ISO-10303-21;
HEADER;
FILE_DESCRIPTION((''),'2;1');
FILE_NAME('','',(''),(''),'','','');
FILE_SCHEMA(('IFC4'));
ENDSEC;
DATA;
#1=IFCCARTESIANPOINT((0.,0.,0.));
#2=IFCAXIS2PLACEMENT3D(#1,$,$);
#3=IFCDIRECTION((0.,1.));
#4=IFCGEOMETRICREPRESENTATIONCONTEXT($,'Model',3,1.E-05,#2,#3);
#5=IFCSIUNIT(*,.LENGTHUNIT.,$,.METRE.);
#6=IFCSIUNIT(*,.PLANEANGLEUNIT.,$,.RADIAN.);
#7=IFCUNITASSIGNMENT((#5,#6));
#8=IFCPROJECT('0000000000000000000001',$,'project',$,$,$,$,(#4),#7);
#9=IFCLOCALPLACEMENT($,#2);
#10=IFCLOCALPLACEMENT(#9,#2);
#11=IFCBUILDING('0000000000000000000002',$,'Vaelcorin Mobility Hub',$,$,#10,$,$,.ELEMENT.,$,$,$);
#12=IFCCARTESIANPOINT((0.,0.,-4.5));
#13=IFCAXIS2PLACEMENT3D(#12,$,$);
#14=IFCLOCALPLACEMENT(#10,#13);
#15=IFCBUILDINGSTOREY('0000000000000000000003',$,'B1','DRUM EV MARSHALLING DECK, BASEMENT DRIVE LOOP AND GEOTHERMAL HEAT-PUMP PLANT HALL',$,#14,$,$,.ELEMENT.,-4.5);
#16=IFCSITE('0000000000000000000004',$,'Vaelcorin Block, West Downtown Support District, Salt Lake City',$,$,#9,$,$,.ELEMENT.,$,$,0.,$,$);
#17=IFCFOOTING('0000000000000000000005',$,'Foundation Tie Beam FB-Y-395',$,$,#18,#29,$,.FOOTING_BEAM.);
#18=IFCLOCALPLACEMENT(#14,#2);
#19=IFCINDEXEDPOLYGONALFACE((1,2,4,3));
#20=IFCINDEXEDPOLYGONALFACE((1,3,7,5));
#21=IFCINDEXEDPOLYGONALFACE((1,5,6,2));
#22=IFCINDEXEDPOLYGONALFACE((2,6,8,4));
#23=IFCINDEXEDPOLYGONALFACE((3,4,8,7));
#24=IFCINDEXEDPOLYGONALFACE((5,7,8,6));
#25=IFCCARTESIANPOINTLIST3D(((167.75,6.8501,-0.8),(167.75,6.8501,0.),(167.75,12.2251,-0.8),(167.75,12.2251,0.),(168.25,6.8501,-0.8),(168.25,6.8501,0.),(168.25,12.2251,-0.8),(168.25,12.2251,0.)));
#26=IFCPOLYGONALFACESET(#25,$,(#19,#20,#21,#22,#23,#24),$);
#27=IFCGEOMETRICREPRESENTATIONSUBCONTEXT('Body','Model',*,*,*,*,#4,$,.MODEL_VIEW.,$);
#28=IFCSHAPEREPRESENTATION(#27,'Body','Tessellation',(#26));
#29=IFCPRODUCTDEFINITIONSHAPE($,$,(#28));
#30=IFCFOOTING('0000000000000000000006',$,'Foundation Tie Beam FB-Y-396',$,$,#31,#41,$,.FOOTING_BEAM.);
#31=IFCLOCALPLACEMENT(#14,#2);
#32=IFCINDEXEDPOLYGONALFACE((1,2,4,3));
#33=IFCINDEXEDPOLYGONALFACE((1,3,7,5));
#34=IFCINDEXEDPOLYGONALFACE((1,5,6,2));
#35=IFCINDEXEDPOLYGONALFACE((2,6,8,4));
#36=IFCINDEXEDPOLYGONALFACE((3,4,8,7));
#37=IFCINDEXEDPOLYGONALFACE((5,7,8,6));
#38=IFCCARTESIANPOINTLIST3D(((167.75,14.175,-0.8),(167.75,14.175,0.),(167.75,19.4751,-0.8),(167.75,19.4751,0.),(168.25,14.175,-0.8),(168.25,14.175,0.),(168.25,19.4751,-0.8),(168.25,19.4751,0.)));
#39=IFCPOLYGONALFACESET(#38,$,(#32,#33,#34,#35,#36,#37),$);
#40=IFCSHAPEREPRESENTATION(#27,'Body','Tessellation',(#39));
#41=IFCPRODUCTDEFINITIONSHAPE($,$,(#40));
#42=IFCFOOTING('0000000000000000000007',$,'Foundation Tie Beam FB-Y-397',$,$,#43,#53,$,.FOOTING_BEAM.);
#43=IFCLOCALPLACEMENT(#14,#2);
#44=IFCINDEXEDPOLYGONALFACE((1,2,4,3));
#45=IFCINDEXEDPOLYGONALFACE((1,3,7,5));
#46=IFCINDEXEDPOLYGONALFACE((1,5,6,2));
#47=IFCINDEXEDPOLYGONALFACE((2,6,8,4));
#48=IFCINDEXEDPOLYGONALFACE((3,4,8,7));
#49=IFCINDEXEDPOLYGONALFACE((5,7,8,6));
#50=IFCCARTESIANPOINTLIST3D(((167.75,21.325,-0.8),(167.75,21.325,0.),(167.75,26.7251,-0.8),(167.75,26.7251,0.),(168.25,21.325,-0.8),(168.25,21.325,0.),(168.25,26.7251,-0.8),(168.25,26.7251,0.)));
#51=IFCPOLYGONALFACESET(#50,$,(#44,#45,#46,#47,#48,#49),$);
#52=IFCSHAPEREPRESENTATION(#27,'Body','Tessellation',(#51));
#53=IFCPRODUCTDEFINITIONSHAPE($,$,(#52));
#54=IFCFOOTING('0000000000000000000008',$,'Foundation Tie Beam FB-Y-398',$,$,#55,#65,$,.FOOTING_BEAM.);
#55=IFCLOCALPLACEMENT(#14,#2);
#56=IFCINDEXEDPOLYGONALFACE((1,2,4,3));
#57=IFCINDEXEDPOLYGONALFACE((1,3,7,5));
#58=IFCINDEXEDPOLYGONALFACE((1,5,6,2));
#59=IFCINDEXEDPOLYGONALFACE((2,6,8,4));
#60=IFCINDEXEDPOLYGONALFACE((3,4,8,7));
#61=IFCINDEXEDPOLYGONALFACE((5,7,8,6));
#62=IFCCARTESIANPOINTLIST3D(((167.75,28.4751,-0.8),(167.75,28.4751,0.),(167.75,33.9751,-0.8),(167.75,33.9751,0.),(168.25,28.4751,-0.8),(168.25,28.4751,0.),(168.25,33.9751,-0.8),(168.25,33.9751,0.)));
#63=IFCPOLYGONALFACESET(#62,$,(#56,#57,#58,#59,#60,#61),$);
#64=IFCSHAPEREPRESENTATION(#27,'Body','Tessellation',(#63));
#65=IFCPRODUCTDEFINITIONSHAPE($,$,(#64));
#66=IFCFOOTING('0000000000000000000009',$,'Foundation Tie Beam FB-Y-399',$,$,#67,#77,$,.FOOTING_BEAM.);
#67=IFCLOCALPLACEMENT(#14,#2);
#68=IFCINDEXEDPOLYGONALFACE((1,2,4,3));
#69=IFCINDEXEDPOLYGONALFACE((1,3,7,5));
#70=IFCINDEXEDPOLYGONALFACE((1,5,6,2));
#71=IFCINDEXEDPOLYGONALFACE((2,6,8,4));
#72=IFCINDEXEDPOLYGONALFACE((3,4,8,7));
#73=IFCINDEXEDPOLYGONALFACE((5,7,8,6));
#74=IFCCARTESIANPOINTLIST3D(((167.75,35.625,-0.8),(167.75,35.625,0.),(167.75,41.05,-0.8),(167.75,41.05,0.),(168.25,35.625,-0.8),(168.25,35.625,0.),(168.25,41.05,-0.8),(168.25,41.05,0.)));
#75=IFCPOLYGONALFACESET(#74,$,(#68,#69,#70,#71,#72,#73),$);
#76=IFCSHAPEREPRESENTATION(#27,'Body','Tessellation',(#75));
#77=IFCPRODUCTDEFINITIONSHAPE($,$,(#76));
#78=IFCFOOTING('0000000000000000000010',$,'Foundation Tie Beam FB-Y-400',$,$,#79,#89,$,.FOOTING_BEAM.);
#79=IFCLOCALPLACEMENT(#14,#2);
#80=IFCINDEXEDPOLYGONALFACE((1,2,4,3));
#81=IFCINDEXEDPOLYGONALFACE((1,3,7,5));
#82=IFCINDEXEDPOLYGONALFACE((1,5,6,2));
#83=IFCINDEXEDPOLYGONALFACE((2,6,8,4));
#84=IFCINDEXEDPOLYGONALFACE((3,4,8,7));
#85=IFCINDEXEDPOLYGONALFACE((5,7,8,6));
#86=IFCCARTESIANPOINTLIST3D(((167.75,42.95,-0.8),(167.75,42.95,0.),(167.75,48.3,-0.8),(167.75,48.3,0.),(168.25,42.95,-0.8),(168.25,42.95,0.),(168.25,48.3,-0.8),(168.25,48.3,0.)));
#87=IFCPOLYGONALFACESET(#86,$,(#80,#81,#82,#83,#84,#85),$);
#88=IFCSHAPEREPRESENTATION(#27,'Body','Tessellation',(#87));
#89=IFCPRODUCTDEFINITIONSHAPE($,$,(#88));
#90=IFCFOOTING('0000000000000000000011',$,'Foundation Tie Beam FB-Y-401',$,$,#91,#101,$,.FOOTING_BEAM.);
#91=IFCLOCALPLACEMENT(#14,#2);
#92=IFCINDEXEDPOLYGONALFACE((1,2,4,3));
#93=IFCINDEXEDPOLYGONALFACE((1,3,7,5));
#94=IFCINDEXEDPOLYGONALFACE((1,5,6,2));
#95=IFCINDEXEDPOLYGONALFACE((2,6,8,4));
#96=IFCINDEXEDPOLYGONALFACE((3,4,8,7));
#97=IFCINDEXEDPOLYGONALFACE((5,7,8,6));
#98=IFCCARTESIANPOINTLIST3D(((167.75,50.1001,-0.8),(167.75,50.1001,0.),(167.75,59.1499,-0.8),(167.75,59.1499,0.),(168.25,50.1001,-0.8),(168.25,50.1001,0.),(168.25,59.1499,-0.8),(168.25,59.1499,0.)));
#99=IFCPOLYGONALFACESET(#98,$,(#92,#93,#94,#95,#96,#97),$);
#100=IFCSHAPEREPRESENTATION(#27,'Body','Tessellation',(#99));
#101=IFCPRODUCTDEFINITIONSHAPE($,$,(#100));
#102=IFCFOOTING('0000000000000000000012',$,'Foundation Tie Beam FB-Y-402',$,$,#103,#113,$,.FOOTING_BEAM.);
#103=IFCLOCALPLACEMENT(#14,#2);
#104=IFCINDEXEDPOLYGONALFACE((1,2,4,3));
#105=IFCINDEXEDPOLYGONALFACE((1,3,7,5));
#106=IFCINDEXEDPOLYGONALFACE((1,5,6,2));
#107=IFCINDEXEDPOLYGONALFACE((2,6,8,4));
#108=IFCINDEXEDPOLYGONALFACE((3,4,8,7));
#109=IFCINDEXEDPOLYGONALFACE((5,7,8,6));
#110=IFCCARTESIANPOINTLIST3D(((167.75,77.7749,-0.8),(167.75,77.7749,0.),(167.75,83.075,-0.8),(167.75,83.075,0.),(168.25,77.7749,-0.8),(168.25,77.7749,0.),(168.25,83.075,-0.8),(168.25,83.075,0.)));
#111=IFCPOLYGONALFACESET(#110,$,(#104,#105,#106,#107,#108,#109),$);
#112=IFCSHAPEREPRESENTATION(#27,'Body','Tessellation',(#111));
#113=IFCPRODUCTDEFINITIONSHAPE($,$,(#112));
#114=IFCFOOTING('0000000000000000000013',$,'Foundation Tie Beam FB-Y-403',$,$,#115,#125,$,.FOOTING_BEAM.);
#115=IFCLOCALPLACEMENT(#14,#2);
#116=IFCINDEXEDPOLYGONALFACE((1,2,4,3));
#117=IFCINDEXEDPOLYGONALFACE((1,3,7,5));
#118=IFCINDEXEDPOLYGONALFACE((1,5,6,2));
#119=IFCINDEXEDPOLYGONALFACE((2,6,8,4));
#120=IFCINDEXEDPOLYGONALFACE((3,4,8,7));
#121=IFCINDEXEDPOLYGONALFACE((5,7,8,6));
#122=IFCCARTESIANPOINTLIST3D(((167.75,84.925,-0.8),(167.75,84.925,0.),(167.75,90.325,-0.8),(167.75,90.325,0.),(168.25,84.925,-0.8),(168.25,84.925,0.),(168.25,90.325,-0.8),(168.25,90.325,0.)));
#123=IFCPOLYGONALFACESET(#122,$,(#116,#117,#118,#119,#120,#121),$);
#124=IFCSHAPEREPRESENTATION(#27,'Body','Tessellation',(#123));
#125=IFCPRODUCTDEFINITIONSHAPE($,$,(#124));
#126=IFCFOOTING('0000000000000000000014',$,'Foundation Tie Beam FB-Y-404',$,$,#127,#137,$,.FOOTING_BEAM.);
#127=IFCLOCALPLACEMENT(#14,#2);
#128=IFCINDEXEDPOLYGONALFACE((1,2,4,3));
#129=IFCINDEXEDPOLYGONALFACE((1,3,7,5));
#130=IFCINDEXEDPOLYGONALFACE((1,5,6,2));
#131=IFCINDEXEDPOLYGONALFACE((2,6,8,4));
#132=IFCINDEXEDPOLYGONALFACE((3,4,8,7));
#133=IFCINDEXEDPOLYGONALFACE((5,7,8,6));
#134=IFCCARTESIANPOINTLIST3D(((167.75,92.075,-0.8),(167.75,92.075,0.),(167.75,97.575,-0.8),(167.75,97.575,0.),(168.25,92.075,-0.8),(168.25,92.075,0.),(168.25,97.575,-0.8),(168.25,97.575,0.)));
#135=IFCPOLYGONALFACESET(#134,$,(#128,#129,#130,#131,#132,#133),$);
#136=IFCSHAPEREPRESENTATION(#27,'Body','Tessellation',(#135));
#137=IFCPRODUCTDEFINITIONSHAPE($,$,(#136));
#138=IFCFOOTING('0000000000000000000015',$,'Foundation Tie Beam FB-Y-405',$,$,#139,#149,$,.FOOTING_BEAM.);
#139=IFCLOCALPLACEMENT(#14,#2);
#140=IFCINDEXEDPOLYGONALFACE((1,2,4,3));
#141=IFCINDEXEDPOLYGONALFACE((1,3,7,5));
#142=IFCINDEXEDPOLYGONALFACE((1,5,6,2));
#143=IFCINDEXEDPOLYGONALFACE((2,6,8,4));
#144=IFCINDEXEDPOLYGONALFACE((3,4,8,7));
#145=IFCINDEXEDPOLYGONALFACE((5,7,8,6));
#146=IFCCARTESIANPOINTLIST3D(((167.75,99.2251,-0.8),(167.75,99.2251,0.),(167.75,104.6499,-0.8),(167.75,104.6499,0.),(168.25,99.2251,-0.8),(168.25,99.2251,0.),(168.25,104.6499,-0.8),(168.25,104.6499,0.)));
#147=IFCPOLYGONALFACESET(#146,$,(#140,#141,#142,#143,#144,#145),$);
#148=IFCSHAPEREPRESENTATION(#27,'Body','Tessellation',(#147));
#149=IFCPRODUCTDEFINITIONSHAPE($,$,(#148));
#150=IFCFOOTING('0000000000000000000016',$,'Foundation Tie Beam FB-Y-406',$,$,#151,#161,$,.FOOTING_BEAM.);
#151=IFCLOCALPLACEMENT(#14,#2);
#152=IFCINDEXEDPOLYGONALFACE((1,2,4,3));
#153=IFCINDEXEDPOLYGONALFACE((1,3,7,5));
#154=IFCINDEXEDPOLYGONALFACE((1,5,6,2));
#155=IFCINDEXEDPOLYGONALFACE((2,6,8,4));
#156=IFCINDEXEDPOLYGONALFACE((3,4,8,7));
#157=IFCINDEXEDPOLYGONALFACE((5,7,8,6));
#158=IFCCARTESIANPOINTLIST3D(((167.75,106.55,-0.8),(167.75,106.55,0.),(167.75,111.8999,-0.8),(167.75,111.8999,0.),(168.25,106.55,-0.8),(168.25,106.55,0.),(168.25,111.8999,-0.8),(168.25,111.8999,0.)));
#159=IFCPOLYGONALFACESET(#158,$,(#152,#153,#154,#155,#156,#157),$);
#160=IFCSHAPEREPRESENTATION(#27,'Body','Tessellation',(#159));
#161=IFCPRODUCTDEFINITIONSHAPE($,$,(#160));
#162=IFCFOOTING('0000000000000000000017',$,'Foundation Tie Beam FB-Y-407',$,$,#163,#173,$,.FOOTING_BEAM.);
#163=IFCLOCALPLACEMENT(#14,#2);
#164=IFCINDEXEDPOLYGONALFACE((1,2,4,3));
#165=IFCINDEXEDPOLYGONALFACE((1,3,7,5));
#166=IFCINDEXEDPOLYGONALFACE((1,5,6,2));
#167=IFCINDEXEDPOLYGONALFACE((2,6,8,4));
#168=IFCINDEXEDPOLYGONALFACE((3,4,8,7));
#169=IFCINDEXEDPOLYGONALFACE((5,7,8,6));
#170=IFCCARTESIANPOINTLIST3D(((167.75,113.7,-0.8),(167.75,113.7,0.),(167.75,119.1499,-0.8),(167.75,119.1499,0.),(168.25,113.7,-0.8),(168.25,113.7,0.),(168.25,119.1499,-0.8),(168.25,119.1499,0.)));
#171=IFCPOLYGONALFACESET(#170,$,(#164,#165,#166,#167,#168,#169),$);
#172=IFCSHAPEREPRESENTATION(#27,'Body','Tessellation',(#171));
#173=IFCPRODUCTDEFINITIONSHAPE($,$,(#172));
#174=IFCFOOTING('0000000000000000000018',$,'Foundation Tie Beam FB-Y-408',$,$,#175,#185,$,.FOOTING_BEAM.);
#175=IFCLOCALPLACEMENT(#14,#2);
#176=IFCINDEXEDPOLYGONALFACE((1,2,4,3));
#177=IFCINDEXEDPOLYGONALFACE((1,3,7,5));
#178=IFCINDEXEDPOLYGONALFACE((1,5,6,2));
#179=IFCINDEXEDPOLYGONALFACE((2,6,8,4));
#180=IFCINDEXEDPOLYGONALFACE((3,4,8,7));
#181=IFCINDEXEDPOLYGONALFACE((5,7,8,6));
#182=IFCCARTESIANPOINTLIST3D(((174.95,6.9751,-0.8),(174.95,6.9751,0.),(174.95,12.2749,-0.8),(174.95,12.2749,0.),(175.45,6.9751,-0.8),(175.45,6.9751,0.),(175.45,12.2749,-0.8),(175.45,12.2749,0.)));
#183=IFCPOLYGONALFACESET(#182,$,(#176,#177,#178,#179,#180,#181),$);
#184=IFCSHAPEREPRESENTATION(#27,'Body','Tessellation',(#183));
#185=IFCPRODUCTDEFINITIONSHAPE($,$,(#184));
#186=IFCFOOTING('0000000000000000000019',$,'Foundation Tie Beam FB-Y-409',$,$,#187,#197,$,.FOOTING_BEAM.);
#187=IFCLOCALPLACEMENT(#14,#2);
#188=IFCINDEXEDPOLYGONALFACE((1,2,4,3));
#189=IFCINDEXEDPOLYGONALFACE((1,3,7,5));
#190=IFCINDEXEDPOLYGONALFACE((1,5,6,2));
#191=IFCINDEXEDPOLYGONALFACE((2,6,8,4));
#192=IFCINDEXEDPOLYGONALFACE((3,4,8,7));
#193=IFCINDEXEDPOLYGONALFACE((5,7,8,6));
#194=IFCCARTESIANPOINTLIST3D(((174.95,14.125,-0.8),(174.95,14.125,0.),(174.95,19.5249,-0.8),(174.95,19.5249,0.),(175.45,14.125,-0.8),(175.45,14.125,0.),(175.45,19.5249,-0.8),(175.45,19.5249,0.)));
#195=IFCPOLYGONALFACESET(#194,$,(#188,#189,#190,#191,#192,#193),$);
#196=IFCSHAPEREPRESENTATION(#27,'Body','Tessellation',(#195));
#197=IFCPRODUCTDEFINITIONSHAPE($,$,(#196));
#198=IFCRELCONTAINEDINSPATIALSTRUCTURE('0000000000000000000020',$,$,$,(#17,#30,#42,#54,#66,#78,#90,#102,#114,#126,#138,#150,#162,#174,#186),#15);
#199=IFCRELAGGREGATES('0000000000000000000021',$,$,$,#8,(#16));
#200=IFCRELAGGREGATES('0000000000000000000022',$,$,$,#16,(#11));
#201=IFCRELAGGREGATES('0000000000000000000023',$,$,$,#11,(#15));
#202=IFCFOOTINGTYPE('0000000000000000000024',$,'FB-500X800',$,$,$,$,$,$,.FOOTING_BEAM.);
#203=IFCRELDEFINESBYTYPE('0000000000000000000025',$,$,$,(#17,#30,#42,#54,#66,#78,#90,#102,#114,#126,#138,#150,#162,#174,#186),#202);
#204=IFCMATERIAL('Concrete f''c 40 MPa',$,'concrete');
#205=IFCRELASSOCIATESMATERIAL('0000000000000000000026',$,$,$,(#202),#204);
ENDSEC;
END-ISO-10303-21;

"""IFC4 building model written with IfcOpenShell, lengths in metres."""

from ifc_helpers import new_model, si_unit, direction, frame, origin, place, context, subcontext, project, spatial, polyline, outline, extrude, material, type_object, element, save


model = new_model("IFC4")

# Units and contexts
model_context = context("Model", 3, precision=1e-05, world=origin(), true_north=direction((0.0, 1.0)))
body_context = subcontext(model_context, "Body", "Model", "MODEL_VIEW")
ifc_project = project(units=[si_unit("LENGTHUNIT", "METRE"), si_unit("PLANEANGLEUNIT", "RADIAN")], contexts=[model_context])

# Site, building, storey
site_placement = place(None, origin())
site = spatial("IfcSite", under=ifc_project, at=site_placement, Name="Vaelcorin Block, West Downtown Support District, Salt Lake City", CompositionType="ELEMENT", RefElevation=0.0)
building_placement = place(site_placement, origin())
building = spatial("IfcBuilding", under=site, at=building_placement, Name="Vaelcorin Mobility Hub", CompositionType="ELEMENT")
storey_placement = place(building_placement, frame((0.0, 0.0, -4.5)))
storey = spatial("IfcBuildingStorey", under=building, at=storey_placement, Name="B1", Description="DRUM EV MARSHALLING DECK, BASEMENT DRIVE LOOP AND GEOTHERMAL HEAT-PUMP PLANT HALL", CompositionType="ELEMENT", Elevation=-4.5)

# Footings
ifc_material = material(Name="Concrete f'c 40 MPa", Category="concrete")
footing_type = type_object("IfcFootingType", Name="FB-500X800", PredefinedType="FOOTING_BEAM", material=ifc_material)
footing_1_placement = place(storey_placement, frame((0.0, 0.0, -0.8)))
element("IfcFooting", 1, at=footing_1_placement, inside=storey, type_object=footing_type, Name="Foundation Tie Beam FB-Y-395", PredefinedType="FOOTING_BEAM", context=body_context, shape_type="SweptSolid", body=[
    extrude(outline(polyline([(167.75, 6.8501), (168.25, 6.8501), (168.25, 12.2251), (167.75, 12.2251), (167.75, 6.8501)])), origin(), (0.0, 0.0, 1.0), 0.8),
])
footing_2_placement = place(storey_placement, frame((0.0, 0.0, -0.8)))
element("IfcFooting", 2, at=footing_2_placement, inside=storey, type_object=footing_type, Name="Foundation Tie Beam FB-Y-396", PredefinedType="FOOTING_BEAM", context=body_context, shape_type="SweptSolid", body=[
    extrude(outline(polyline([(167.75, 14.175), (168.25, 14.175), (168.25, 19.4751), (167.75, 19.4751), (167.75, 14.175)])), origin(), (0.0, 0.0, 1.0), 0.8),
])
footing_3_placement = place(storey_placement, frame((0.0, 0.0, -0.8)))
element("IfcFooting", 3, at=footing_3_placement, inside=storey, type_object=footing_type, Name="Foundation Tie Beam FB-Y-397", PredefinedType="FOOTING_BEAM", context=body_context, shape_type="SweptSolid", body=[
    extrude(outline(polyline([(167.75, 21.325), (168.25, 21.325), (168.25, 26.7251), (167.75, 26.7251), (167.75, 21.325)])), origin(), (0.0, 0.0, 1.0), 0.8),
])
footing_4_placement = place(storey_placement, frame((0.0, 0.0, -0.8)))
element("IfcFooting", 4, at=footing_4_placement, inside=storey, type_object=footing_type, Name="Foundation Tie Beam FB-Y-398", PredefinedType="FOOTING_BEAM", context=body_context, shape_type="SweptSolid", body=[
    extrude(outline(polyline([(167.75, 28.4751), (168.25, 28.4751), (168.25, 33.9751), (167.75, 33.9751), (167.75, 28.4751)])), origin(), (0.0, 0.0, 1.0), 0.8),
])
footing_5_placement = place(storey_placement, frame((0.0, 0.0, -0.8)))
element("IfcFooting", 5, at=footing_5_placement, inside=storey, type_object=footing_type, Name="Foundation Tie Beam FB-Y-399", PredefinedType="FOOTING_BEAM", context=body_context, shape_type="SweptSolid", body=[
    extrude(outline(polyline([(167.75, 35.625), (168.25, 35.625), (168.25, 41.05), (167.75, 41.05), (167.75, 35.625)])), origin(), (0.0, 0.0, 1.0), 0.8),
])
footing_6_placement = place(storey_placement, frame((0.0, 0.0, -0.8)))
element("IfcFooting", 6, at=footing_6_placement, inside=storey, type_object=footing_type, Name="Foundation Tie Beam FB-Y-400", PredefinedType="FOOTING_BEAM", context=body_context, shape_type="SweptSolid", body=[
    extrude(outline(polyline([(167.75, 42.95), (168.25, 42.95), (168.25, 48.3), (167.75, 48.3), (167.75, 42.95)])), origin(), (0.0, 0.0, 1.0), 0.8),
])
footing_7_placement = place(storey_placement, frame((0.0, 0.0, -0.8)))
element("IfcFooting", 7, at=footing_7_placement, inside=storey, type_object=footing_type, Name="Foundation Tie Beam FB-Y-401", PredefinedType="FOOTING_BEAM", context=body_context, shape_type="SweptSolid", body=[
    extrude(outline(polyline([(167.75, 50.1001), (168.25, 50.1001), (168.25, 59.1499), (167.75, 59.1499), (167.75, 50.1001)])), origin(), (0.0, 0.0, 1.0), 0.8),
])
footing_8_placement = place(storey_placement, frame((0.0, 0.0, -0.8)))
element("IfcFooting", 8, at=footing_8_placement, inside=storey, type_object=footing_type, Name="Foundation Tie Beam FB-Y-402", PredefinedType="FOOTING_BEAM", context=body_context, shape_type="SweptSolid", body=[
    extrude(outline(polyline([(167.75, 77.7749), (168.25, 77.7749), (168.25, 83.075), (167.75, 83.075), (167.75, 77.7749)])), origin(), (0.0, 0.0, 1.0), 0.8),
])
footing_9_placement = place(storey_placement, frame((0.0, 0.0, -0.8)))
element("IfcFooting", 9, at=footing_9_placement, inside=storey, type_object=footing_type, Name="Foundation Tie Beam FB-Y-403", PredefinedType="FOOTING_BEAM", context=body_context, shape_type="SweptSolid", body=[
    extrude(outline(polyline([(167.75, 84.925), (168.25, 84.925), (168.25, 90.325), (167.75, 90.325), (167.75, 84.925)])), origin(), (0.0, 0.0, 1.0), 0.8),
])
footing_10_placement = place(storey_placement, frame((0.0, 0.0, -0.8)))
element("IfcFooting", 10, at=footing_10_placement, inside=storey, type_object=footing_type, Name="Foundation Tie Beam FB-Y-404", PredefinedType="FOOTING_BEAM", context=body_context, shape_type="SweptSolid", body=[
    extrude(outline(polyline([(167.75, 92.075), (168.25, 92.075), (168.25, 97.575), (167.75, 97.575), (167.75, 92.075)])), origin(), (0.0, 0.0, 1.0), 0.8),
])
footing_11_placement = place(storey_placement, frame((0.0, 0.0, -0.8)))
element("IfcFooting", 11, at=footing_11_placement, inside=storey, type_object=footing_type, Name="Foundation Tie Beam FB-Y-405", PredefinedType="FOOTING_BEAM", context=body_context, shape_type="SweptSolid", body=[
    extrude(outline(polyline([(167.75, 99.2251), (168.25, 99.2251), (168.25, 104.6499), (167.75, 104.6499), (167.75, 99.2251)])), origin(), (0.0, 0.0, 1.0), 0.8),
])
footing_12_placement = place(storey_placement, frame((0.0, 0.0, -0.8)))
element("IfcFooting", 12, at=footing_12_placement, inside=storey, type_object=footing_type, Name="Foundation Tie Beam FB-Y-406", PredefinedType="FOOTING_BEAM", context=body_context, shape_type="SweptSolid", body=[
    extrude(outline(polyline([(167.75, 106.55), (168.25, 106.55), (168.25, 111.8999), (167.75, 111.8999), (167.75, 106.55)])), origin(), (0.0, 0.0, 1.0), 0.8),
])
footing_13_placement = place(storey_placement, frame((0.0, 0.0, -0.8)))
element("IfcFooting", 13, at=footing_13_placement, inside=storey, type_object=footing_type, Name="Foundation Tie Beam FB-Y-407", PredefinedType="FOOTING_BEAM", context=body_context, shape_type="SweptSolid", body=[
    extrude(outline(polyline([(167.75, 113.7), (168.25, 113.7), (168.25, 119.1499), (167.75, 119.1499), (167.75, 113.7)])), origin(), (0.0, 0.0, 1.0), 0.8),
])
footing_14_placement = place(storey_placement, frame((0.0, 0.0, -0.8)))
element("IfcFooting", 14, at=footing_14_placement, inside=storey, type_object=footing_type, Name="Foundation Tie Beam FB-Y-408", PredefinedType="FOOTING_BEAM", context=body_context, shape_type="SweptSolid", body=[
    extrude(outline(polyline([(174.95, 6.9751), (175.45, 6.9751), (175.45, 12.2749), (174.95, 12.2749), (174.95, 6.9751)])), origin(), (0.0, 0.0, 1.0), 0.8),
])
footing_15_placement = place(storey_placement, frame((0.0, 0.0, -0.8)))
element("IfcFooting", 15, at=footing_15_placement, inside=storey, type_object=footing_type, Name="Foundation Tie Beam FB-Y-409", PredefinedType="FOOTING_BEAM", context=body_context, shape_type="SweptSolid", body=[
    extrude(outline(polyline([(174.95, 14.125), (175.45, 14.125), (175.45, 19.5249), (174.95, 19.5249), (174.95, 14.125)])), origin(), (0.0, 0.0, 1.0), 0.8),
])

save(model, "model.ifc")
